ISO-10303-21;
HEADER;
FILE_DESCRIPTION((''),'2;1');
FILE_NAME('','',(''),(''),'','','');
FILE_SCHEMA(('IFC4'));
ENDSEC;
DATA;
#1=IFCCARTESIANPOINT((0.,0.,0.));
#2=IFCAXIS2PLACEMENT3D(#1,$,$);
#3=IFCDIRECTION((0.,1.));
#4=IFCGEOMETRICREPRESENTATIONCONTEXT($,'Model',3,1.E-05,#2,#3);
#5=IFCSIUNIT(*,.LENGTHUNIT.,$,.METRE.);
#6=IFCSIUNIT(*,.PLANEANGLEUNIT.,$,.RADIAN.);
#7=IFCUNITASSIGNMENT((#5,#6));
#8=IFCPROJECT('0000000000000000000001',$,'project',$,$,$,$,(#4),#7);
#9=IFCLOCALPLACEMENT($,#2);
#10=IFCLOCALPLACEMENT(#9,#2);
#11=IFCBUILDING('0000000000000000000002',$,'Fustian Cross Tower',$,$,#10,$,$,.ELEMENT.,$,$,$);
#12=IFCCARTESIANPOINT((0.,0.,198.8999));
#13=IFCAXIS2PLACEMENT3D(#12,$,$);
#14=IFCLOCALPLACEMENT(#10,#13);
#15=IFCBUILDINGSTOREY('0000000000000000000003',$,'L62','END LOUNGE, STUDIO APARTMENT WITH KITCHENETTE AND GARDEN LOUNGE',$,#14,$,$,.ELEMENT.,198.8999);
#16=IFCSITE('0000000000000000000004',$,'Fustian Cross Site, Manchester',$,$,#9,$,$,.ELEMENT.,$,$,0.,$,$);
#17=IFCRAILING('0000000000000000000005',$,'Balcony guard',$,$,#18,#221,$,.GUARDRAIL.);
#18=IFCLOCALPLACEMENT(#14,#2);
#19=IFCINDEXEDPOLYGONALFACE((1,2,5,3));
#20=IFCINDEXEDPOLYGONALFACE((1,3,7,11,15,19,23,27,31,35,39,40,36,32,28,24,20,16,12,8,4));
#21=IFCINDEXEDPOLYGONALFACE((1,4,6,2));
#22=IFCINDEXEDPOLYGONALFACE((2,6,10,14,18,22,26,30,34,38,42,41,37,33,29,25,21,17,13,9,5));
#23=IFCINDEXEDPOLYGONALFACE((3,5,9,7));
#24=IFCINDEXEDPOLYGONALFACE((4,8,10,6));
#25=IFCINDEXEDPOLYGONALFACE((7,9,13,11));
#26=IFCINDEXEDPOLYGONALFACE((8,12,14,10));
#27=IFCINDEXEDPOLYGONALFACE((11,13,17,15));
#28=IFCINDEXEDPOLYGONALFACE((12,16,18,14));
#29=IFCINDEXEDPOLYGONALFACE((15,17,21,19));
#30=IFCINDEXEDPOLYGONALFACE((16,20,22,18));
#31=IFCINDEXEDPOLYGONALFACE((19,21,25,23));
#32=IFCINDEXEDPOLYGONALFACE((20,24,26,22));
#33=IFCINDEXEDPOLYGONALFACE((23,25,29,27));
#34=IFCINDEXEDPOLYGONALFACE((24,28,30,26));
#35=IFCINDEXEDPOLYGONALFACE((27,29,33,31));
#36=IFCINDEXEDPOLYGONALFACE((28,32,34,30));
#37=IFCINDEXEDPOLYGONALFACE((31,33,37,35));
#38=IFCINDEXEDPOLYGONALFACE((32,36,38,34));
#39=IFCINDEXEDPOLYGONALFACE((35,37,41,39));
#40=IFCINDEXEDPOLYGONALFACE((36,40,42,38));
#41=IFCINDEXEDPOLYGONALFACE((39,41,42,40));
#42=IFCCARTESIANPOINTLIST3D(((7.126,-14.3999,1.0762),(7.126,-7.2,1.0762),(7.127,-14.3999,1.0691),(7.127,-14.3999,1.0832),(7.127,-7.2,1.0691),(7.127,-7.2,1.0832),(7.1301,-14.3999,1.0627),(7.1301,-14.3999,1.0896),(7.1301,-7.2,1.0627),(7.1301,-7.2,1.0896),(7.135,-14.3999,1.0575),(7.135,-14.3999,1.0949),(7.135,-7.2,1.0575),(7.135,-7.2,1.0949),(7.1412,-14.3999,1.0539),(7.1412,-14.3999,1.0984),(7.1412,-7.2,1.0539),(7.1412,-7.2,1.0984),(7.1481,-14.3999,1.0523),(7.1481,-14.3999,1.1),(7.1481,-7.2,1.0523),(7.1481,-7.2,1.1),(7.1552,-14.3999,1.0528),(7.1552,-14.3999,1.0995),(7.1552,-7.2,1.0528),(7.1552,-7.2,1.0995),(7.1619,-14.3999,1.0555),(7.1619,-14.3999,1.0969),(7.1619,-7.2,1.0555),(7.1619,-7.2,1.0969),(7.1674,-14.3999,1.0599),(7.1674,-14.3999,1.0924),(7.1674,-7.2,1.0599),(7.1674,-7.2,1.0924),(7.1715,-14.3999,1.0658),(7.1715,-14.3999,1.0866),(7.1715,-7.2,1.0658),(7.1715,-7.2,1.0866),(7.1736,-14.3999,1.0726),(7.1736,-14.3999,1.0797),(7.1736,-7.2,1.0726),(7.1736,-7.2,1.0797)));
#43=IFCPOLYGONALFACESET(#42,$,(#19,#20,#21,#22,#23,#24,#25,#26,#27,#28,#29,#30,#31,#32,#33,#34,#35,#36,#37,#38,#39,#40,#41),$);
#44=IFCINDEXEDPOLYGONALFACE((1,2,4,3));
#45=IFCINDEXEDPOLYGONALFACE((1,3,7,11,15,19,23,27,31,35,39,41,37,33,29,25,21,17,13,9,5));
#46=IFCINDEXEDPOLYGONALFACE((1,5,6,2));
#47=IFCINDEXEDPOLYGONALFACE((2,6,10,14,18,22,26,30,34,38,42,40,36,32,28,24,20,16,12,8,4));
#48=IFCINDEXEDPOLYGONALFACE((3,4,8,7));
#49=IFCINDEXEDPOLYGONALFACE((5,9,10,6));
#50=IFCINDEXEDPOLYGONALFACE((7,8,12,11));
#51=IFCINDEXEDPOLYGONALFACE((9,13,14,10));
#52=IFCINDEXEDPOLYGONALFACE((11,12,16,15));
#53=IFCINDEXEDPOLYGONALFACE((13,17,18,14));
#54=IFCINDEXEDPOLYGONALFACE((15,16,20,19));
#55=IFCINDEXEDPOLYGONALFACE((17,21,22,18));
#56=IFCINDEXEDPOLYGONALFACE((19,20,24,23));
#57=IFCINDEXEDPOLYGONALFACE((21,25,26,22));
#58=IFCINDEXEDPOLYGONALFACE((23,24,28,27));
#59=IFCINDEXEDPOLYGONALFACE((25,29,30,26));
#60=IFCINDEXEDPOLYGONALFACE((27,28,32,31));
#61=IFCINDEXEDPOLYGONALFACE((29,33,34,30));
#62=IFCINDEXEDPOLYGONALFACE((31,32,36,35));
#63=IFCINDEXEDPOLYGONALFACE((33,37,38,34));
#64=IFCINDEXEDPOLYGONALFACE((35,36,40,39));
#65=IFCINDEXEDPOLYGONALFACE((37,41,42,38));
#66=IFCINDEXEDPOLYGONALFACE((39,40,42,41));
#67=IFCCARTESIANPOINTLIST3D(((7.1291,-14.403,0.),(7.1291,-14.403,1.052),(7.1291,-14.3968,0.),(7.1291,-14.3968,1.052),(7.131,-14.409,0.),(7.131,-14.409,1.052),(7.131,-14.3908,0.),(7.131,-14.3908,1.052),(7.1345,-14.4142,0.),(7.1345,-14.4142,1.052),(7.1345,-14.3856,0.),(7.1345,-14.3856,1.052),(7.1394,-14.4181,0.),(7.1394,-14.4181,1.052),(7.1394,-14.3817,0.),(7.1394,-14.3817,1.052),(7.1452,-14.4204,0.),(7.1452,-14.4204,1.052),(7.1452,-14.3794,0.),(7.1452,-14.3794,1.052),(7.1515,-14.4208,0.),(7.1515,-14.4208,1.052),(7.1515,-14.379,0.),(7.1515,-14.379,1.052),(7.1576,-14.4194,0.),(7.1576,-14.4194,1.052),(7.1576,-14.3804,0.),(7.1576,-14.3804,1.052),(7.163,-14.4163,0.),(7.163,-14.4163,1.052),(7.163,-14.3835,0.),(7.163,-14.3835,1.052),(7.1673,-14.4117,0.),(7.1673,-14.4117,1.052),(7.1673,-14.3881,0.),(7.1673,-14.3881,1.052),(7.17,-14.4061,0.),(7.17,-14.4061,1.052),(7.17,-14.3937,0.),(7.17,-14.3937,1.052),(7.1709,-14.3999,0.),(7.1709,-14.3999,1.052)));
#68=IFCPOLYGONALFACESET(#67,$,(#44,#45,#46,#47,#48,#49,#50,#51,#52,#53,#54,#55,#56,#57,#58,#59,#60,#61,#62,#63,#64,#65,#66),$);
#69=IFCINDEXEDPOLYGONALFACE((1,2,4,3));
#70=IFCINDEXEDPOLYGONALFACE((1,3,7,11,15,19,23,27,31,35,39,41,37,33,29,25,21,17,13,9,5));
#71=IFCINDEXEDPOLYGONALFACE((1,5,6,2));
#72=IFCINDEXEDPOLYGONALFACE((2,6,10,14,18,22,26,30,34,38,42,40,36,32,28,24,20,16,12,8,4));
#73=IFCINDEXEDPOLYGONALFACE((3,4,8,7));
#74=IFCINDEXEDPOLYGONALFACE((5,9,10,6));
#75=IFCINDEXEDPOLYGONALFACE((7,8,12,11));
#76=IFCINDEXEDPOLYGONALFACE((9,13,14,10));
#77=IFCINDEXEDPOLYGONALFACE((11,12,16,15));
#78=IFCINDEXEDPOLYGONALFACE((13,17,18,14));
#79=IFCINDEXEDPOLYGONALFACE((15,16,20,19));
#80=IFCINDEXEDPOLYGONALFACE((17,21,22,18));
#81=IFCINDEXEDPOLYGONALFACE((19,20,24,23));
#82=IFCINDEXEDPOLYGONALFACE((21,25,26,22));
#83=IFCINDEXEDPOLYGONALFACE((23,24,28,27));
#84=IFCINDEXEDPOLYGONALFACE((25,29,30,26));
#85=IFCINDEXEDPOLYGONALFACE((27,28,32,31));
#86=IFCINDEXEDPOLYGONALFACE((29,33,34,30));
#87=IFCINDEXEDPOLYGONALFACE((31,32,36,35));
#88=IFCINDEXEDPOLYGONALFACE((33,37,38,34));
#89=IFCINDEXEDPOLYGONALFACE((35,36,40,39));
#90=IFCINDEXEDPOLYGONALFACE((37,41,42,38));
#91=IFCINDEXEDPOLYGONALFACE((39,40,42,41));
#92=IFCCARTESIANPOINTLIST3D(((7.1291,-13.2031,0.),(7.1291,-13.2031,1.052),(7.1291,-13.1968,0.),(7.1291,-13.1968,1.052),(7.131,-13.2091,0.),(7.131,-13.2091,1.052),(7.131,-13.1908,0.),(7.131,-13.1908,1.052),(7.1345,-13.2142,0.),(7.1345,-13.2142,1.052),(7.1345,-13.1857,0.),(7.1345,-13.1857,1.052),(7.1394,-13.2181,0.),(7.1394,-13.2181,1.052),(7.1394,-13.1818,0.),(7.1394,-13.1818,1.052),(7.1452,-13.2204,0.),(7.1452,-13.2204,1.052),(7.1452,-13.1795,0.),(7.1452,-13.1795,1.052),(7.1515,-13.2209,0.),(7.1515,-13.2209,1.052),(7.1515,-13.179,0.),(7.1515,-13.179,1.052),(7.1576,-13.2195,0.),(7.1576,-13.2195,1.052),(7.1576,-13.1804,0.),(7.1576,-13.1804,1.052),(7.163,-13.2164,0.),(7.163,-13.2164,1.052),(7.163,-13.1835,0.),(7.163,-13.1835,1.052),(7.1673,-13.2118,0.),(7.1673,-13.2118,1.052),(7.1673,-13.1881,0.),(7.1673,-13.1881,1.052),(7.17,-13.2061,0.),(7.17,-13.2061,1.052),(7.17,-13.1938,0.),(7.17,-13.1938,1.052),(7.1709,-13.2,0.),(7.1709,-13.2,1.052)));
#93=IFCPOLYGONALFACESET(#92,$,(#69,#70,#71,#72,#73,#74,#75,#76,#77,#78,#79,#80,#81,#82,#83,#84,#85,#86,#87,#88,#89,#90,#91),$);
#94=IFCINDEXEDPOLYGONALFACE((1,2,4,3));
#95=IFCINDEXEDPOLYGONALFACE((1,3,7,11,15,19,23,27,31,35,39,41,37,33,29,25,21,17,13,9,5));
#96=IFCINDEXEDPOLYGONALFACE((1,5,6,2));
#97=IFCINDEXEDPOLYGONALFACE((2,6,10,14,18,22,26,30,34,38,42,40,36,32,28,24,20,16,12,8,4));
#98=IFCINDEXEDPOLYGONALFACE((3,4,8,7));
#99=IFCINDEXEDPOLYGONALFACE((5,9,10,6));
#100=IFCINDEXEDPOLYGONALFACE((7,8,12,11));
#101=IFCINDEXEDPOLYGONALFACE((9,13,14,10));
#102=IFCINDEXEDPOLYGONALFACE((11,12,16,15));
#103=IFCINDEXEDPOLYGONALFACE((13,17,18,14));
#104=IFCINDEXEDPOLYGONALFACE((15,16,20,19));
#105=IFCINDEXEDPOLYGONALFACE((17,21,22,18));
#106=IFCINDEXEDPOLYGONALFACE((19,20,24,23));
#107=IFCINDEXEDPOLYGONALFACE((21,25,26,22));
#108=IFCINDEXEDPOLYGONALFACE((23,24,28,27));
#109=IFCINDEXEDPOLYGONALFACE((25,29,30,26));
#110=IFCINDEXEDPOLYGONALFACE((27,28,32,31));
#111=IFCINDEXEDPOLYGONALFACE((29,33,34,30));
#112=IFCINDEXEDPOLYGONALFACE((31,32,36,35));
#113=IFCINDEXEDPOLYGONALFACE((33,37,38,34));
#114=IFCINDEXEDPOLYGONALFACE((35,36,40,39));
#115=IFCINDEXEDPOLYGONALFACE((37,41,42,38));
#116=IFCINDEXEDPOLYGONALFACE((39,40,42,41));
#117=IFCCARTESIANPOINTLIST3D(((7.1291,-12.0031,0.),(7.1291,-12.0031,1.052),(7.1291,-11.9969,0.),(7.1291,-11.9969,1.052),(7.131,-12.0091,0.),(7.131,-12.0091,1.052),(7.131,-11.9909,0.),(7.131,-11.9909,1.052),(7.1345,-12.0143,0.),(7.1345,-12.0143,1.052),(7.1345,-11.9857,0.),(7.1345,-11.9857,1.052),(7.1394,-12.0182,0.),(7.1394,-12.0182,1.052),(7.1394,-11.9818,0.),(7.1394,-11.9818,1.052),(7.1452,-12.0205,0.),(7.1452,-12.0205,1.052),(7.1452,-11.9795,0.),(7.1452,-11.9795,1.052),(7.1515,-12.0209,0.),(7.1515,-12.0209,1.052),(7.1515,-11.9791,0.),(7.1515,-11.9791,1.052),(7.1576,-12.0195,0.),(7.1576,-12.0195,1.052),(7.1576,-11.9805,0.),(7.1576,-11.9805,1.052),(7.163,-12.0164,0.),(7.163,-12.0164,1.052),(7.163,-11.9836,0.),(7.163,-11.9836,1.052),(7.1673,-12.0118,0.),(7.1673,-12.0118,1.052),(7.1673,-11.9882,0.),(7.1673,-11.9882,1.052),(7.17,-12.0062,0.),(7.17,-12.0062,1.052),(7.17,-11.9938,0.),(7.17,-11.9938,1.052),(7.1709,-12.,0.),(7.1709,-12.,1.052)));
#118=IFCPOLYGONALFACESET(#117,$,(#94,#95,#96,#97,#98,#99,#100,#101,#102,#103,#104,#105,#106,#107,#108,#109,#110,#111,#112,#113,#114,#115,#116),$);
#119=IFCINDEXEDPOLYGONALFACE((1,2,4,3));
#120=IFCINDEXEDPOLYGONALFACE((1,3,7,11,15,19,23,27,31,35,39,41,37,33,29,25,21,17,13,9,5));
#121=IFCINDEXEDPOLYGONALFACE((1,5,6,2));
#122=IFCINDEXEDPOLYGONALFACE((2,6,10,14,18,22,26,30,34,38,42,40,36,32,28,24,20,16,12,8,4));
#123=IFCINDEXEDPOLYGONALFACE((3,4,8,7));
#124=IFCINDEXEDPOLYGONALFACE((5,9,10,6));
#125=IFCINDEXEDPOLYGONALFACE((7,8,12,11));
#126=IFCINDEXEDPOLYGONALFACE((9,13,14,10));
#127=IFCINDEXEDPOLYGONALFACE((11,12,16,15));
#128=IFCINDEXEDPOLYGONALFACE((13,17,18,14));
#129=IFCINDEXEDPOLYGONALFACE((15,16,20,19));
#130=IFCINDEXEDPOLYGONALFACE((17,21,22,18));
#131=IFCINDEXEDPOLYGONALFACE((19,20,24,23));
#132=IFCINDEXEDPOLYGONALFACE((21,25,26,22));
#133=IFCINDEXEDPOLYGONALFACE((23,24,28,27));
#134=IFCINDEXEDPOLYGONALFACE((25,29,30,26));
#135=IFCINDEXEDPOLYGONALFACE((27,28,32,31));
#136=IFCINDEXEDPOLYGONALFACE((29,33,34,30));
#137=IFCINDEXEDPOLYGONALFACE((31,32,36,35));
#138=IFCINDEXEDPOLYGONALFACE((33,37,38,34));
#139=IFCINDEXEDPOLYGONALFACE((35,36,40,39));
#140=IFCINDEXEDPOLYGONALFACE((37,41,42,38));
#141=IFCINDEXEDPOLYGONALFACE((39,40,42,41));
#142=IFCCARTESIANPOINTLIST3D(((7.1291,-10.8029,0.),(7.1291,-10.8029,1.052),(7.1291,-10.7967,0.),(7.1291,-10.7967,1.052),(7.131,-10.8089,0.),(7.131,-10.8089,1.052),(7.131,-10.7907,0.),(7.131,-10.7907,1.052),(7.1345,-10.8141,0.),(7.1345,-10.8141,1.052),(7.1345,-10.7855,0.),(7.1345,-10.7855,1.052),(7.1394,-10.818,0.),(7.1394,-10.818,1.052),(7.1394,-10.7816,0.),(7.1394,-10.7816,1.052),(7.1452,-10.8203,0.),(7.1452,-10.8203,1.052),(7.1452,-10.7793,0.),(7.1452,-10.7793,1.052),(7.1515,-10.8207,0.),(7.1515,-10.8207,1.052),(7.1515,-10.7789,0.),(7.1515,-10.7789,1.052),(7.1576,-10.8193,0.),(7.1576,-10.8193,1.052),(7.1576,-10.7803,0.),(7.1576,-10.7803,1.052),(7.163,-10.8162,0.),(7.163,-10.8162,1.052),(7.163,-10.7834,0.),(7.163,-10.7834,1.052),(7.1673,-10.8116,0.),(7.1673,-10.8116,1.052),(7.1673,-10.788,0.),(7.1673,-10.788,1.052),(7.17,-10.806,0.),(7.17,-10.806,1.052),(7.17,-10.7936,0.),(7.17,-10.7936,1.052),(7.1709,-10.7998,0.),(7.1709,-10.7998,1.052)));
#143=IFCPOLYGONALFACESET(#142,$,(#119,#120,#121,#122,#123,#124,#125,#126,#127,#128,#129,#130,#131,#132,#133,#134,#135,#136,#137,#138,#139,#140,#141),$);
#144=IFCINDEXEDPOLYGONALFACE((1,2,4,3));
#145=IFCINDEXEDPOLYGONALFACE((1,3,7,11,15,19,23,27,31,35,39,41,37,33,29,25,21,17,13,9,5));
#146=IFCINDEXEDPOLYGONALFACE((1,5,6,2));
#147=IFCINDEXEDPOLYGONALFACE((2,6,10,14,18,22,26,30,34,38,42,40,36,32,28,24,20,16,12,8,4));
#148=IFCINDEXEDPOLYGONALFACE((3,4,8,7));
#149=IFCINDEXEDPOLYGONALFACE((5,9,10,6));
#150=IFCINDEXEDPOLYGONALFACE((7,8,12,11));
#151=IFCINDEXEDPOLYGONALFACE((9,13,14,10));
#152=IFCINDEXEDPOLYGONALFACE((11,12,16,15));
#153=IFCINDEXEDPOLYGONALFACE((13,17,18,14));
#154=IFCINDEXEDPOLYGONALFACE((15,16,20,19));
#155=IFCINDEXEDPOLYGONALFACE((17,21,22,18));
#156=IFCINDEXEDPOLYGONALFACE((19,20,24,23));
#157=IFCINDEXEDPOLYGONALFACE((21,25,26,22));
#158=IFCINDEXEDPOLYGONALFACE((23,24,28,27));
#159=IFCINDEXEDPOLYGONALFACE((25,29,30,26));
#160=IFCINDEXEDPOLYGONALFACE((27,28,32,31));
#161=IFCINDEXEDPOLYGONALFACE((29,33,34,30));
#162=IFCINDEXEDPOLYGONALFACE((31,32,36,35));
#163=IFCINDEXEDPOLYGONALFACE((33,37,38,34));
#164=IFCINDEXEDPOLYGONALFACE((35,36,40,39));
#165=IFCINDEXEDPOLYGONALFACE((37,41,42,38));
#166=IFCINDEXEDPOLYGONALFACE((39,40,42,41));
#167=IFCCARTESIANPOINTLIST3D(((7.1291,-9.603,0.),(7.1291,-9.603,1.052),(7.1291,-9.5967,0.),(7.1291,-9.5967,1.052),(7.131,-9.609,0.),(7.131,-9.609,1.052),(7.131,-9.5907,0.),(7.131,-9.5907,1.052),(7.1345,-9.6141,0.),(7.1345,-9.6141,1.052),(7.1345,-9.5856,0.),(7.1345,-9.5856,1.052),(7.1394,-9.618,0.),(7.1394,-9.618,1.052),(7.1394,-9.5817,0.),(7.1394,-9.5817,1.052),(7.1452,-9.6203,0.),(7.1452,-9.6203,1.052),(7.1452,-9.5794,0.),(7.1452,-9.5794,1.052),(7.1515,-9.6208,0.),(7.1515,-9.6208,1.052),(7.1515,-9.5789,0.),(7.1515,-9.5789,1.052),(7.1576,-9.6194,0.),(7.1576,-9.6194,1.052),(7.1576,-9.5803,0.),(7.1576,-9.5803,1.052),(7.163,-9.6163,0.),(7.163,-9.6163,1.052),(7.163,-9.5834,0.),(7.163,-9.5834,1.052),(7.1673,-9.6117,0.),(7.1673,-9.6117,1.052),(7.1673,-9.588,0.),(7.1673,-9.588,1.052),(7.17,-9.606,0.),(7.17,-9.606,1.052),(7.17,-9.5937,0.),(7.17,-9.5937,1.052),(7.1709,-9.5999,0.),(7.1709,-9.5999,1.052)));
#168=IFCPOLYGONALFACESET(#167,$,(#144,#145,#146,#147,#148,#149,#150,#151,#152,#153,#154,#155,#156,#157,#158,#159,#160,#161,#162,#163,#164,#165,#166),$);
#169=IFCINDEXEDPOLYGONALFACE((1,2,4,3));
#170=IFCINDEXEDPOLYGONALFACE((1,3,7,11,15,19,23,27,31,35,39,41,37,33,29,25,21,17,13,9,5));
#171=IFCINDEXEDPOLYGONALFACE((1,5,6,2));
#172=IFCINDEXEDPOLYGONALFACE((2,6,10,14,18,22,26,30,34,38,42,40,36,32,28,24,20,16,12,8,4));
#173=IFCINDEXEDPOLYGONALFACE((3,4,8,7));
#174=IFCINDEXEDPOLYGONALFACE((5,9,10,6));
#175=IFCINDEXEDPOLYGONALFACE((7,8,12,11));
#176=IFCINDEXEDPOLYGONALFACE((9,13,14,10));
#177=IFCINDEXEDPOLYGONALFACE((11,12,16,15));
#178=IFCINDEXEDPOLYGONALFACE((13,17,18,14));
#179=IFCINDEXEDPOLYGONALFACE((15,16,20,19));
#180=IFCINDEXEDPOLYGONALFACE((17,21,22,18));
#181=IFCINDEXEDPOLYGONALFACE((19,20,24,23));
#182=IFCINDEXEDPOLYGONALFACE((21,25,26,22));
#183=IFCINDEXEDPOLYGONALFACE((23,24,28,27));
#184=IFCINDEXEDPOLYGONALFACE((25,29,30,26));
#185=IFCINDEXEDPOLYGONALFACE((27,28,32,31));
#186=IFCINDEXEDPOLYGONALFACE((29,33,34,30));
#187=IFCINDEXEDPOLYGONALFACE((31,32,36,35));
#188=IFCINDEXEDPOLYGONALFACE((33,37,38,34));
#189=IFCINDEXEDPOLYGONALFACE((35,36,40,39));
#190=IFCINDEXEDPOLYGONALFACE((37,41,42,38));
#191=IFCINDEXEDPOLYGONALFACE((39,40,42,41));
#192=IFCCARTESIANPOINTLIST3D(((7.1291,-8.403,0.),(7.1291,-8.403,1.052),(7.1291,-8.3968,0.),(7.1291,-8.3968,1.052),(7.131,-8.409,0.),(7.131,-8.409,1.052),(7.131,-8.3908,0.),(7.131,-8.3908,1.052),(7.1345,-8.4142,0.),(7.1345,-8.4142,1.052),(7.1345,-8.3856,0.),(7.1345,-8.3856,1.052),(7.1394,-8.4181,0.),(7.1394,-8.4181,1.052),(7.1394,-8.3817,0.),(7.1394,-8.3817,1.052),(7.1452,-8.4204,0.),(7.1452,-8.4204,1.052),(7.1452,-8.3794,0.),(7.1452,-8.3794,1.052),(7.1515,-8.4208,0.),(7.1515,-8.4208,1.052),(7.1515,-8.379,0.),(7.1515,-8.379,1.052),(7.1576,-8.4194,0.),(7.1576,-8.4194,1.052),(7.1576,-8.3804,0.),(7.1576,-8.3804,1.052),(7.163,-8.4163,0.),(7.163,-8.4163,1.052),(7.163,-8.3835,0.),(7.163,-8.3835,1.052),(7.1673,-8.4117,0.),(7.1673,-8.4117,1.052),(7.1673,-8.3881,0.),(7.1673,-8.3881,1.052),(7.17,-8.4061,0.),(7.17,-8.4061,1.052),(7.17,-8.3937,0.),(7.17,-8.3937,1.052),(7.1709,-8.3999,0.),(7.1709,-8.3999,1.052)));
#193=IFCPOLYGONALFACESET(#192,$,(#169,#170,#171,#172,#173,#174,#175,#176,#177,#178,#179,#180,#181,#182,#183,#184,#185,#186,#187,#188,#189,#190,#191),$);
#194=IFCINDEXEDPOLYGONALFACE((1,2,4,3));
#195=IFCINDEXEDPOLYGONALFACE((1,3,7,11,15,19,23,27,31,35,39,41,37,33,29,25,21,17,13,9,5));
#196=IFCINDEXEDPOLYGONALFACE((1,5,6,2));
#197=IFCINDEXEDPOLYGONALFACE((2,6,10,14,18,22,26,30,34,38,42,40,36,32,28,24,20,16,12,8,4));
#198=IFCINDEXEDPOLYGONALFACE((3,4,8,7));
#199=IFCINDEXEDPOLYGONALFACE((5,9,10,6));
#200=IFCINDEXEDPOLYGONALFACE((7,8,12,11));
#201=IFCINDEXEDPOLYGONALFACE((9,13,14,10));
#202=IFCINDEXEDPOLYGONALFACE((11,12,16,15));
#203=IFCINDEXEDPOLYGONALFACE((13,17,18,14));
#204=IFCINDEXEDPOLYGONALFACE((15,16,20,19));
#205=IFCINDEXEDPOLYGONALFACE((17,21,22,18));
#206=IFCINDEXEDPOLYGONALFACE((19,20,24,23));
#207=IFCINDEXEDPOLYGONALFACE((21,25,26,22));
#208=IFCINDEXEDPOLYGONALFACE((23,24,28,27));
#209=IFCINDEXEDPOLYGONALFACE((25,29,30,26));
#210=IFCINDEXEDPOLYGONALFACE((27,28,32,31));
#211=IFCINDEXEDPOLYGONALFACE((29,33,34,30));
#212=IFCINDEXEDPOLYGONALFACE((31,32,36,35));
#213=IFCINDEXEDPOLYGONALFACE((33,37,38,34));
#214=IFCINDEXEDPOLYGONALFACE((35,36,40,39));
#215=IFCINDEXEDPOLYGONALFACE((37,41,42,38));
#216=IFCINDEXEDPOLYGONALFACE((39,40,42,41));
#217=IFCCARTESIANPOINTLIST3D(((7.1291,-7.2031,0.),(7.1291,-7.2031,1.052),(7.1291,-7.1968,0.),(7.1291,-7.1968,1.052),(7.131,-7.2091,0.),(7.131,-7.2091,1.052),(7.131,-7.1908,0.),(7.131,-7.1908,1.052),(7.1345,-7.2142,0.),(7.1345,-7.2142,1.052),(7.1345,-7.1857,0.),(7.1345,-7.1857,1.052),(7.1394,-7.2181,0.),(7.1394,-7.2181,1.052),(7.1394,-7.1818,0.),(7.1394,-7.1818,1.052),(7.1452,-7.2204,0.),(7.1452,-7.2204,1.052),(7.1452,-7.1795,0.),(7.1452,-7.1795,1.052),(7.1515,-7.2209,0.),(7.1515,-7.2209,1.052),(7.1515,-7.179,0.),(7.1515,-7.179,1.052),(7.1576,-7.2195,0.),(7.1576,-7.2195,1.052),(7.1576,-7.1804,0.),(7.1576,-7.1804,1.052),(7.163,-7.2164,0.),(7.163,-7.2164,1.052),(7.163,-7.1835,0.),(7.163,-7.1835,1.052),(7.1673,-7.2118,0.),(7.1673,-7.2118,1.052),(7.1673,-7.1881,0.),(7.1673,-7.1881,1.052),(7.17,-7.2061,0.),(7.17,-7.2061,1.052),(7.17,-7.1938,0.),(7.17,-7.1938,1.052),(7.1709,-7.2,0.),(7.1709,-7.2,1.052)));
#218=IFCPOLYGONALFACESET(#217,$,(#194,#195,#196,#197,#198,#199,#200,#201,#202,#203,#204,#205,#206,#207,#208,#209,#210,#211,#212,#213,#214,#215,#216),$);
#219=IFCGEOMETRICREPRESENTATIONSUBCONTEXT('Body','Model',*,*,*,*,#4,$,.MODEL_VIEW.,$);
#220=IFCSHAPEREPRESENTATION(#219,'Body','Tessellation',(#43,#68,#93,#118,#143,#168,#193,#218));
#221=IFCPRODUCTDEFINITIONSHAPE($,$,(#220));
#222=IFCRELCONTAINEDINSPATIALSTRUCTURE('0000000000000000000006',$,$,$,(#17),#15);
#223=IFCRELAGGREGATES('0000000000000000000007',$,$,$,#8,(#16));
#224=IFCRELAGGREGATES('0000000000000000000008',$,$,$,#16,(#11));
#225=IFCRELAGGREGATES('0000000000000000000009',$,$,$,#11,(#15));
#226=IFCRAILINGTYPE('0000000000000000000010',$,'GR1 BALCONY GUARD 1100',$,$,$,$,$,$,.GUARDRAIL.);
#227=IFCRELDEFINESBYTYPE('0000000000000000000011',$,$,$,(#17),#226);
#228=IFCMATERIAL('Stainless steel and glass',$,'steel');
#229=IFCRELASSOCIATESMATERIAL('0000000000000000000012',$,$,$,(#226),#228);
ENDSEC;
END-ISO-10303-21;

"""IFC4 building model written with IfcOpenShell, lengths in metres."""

from ifc_helpers import new_model, si_unit, direction, frame, origin, origin_2d, place, context, subcontext, project, spatial, circle, extrude, material, type_object, element, save


model = new_model("IFC4")

# Units and contexts
model_context = context("Model", 3, precision=1e-05, world=origin(), true_north=direction((0.0, 1.0)))
body_context = subcontext(model_context, "Body", "Model", "MODEL_VIEW")
ifc_project = project(units=[si_unit("LENGTHUNIT", "METRE"), si_unit("PLANEANGLEUNIT", "RADIAN")], contexts=[model_context])

# Site, building, storey
site_placement = place(None, origin())
site = spatial("IfcSite", under=ifc_project, at=site_placement, Name="Fustian Cross Site, Manchester", CompositionType="ELEMENT", RefElevation=0.0)
building_placement = place(site_placement, origin())
building = spatial("IfcBuilding", under=site, at=building_placement, Name="Fustian Cross Tower", CompositionType="ELEMENT")
storey_placement = place(building_placement, frame((0.0, 0.0, 198.8999)))
storey = spatial("IfcBuildingStorey", under=building, at=storey_placement, Name="L62", Description="END LOUNGE, STUDIO APARTMENT WITH KITCHENETTE AND GARDEN LOUNGE", CompositionType="ELEMENT", Elevation=198.8999)

# Railing
ifc_material_1 = material(Name="Stainless steel and glass", Category="steel")
railing_type = type_object("IfcRailingType", Name="GR1 BALCONY GUARD 1100", PredefinedType="GUARDRAIL", material=ifc_material_1)
railing_placement = place(storey_placement, frame((7.1499, -14.3999, 0.0)))
element("IfcRailing", 1, at=railing_placement, inside=storey, type_object=railing_type, Name="Balcony guard", PredefinedType="GUARDRAIL", context=body_context, shape_type="SweptSolid", body=[
    extrude(circle(Radius=0.0239, at=origin_2d()), frame((0.0, 0.0, 1.0762), z_axis=(0.0, 1.0, 0.0), x_axis=(-1.0, 0.0, 0.0)), (0.0, 0.0, 1.0), 7.2),
    extrude(circle(Radius=0.021, at=origin_2d()), origin(), (0.0, 0.0, 1.0), 1.052),
    extrude(circle(Radius=0.021, at=origin_2d()), frame((0.0, 1.2, 0.0)), (0.0, 0.0, 1.0), 1.052),
    extrude(circle(Radius=0.021, at=origin_2d()), frame((0.0, 2.3999, 0.0)), (0.0, 0.0, 1.0), 1.052),
    extrude(circle(Radius=0.021, at=origin_2d()), frame((0.0, 3.6001, 0.0)), (0.0, 0.0, 1.0), 1.052),
    extrude(circle(Radius=0.021, at=origin_2d()), frame((0.0, 4.8, 0.0)), (0.0, 0.0, 1.0), 1.052),
    extrude(circle(Radius=0.021, at=origin_2d()), frame((0.0, 6.0, 0.0)), (0.0, 0.0, 1.0), 1.052),
    extrude(circle(Radius=0.021, at=origin_2d()), frame((0.0, 7.2, 0.0)), (0.0, 0.0, 1.0), 1.052),
])

save(model, "model.ifc")
